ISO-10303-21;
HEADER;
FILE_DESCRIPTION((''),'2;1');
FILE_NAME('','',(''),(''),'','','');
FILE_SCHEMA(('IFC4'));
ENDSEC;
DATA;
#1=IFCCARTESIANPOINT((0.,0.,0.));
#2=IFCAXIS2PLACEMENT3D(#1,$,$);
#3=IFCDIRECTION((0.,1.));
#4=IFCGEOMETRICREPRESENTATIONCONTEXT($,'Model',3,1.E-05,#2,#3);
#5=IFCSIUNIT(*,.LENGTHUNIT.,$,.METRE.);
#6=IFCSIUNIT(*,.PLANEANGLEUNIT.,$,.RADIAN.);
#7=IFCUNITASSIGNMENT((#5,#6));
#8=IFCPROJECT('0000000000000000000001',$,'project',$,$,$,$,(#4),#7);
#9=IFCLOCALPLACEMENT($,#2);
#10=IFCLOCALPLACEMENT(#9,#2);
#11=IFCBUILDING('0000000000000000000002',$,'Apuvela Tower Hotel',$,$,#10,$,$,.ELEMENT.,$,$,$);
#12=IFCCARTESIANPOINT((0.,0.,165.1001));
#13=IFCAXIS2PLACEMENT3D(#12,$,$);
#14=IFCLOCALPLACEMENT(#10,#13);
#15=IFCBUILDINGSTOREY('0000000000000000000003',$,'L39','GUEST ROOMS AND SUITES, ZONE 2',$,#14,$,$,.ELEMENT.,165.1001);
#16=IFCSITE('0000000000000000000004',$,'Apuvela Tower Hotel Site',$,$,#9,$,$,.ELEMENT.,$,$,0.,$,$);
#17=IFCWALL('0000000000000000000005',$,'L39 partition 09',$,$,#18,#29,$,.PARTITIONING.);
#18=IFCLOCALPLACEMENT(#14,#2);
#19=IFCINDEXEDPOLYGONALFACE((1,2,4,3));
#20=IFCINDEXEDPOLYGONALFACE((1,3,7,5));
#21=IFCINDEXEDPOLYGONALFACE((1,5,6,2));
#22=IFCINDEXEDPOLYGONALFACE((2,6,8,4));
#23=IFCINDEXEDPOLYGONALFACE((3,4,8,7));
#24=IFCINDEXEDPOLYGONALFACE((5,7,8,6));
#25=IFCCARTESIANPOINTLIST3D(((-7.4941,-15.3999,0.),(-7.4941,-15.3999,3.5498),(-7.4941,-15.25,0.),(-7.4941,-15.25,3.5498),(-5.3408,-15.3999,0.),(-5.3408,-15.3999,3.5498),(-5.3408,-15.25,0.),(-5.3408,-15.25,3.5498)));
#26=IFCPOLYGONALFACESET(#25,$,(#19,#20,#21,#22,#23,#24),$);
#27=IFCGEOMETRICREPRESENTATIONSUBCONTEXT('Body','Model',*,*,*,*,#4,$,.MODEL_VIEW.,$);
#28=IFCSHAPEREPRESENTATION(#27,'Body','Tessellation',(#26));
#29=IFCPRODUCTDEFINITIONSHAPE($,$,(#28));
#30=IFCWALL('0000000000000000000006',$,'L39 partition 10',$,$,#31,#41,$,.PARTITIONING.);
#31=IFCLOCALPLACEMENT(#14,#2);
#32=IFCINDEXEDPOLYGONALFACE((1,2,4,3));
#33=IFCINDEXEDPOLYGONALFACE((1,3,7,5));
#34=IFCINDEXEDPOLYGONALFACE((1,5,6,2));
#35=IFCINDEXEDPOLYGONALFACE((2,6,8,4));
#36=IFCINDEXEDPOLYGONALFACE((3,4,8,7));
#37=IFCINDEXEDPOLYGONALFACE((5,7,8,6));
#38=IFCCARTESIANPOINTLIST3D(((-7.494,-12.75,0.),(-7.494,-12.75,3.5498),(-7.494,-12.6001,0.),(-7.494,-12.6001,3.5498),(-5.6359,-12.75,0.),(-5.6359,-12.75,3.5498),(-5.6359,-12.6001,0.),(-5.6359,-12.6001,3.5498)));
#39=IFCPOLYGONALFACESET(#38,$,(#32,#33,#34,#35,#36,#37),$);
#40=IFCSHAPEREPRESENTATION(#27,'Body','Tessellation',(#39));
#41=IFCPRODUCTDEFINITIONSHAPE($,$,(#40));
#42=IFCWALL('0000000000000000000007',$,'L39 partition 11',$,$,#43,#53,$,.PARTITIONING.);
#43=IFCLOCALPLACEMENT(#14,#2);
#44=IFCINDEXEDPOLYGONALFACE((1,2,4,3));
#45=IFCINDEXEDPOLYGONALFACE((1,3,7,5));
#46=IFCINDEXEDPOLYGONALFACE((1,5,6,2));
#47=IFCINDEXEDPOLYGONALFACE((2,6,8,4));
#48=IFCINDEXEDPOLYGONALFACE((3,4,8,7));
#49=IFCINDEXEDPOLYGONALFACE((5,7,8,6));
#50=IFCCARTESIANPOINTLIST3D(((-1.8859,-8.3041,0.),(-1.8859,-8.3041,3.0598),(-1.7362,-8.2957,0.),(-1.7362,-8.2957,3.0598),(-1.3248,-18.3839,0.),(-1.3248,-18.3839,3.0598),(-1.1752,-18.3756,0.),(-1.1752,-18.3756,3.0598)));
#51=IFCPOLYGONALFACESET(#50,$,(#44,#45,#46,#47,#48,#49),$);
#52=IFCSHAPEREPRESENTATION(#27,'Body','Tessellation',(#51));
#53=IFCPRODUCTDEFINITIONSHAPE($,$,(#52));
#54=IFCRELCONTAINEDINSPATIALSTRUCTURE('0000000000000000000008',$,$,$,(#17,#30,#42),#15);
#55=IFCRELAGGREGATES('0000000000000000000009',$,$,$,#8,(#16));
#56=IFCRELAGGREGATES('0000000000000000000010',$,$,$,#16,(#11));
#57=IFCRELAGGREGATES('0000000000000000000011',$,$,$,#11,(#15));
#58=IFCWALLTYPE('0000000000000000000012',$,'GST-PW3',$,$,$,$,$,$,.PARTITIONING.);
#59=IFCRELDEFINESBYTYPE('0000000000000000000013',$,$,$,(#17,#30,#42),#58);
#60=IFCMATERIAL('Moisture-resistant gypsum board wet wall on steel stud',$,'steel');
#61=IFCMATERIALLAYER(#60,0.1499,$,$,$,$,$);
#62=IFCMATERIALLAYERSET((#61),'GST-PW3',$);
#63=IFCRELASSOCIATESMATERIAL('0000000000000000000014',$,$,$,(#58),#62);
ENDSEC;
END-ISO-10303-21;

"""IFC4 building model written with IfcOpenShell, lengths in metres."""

from ifc_helpers import new_model, si_unit, direction, frame, frame_2d, origin, place, context, subcontext, project, spatial, rectangle, extrude, material, layer, layer_set, type_object, element, save


model = new_model("IFC4")

# Units and contexts
model_context = context("Model", 3, precision=1e-05, world=origin(), true_north=direction((0.0, 1.0)))
body_context = subcontext(model_context, "Body", "Model", "MODEL_VIEW")
ifc_project = project(units=[si_unit("LENGTHUNIT", "METRE"), si_unit("PLANEANGLEUNIT", "RADIAN")], contexts=[model_context])

# Site, building, storey
site_placement = place(None, origin())
site = spatial("IfcSite", under=ifc_project, at=site_placement, Name="Apuvela Tower Hotel Site", CompositionType="ELEMENT", RefElevation=0.0)
building_placement = place(site_placement, origin())
building = spatial("IfcBuilding", under=site, at=building_placement, Name="Apuvela Tower Hotel", CompositionType="ELEMENT")
storey_placement = place(building_placement, frame((0.0, 0.0, 165.1001)))
storey = spatial("IfcBuildingStorey", under=building, at=storey_placement, Name="L39", Description="GUEST ROOMS AND SUITES, ZONE 2", CompositionType="ELEMENT", Elevation=165.1001)

# Shared definitions
ifc_material_1 = material(Name="Moisture-resistant gypsum board wet wall on steel stud", Category="steel")
ifc_layer_1 = layer(ifc_material_1, 0.1499)
ifc_layer_set_1 = layer_set([ifc_layer_1], Name="GST-PW3")
wall_type_1 = type_object("IfcWallType", Name="GST-PW3", PredefinedType="PARTITIONING", material=ifc_layer_set_1)

# Walls
wall_1_placement = place(storey_placement, frame((-7.4941, -15.325, 0.0), z_axis=(0.0, 0.0, 1.0), x_axis=(1.0, 0.0, 0.0)))
element("IfcWall", 1, at=wall_1_placement, inside=storey, type_object=wall_type_1, Name="L39 partition 09", PredefinedType="PARTITIONING", context=body_context, shape_type="SweptSolid", body=[
    extrude(rectangle(XDim=2.1533, YDim=0.1499, at=frame_2d((1.0767, 0.0))), origin(), (0.0, 0.0, 1.0), 3.5498),
])
wall_2_placement = place(storey_placement, frame((-7.4941, -12.675, 0.0), z_axis=(0.0, 0.0, 1.0), x_axis=(1.0, 0.0, 0.0)))
element("IfcWall", 2, at=wall_2_placement, inside=storey, type_object=wall_type_1, Name="L39 partition 10", PredefinedType="PARTITIONING", context=body_context, shape_type="SweptSolid", body=[
    extrude(rectangle(XDim=1.8582, YDim=0.1499, at=frame_2d((0.9292, 0.0))), origin(), (0.0, 0.0, 1.0), 3.5498),
])
wall_3_placement = place(storey_placement, frame((-1.25, -18.3799, 0.0), z_axis=(0.0, 0.0, 1.0), x_axis=(-0.055573, 0.998455, 0.0)))
element("IfcWall", 3, at=wall_3_placement, inside=storey, type_object=wall_type_1, Name="L39 partition 11", PredefinedType="PARTITIONING", context=body_context, shape_type="SweptSolid", body=[
    extrude(rectangle(XDim=10.0955, YDim=0.1499, at=frame_2d((5.0479, 0.0))), origin(), (0.0, 0.0, 1.0), 3.0598),
])

save(model, "model.ifc")
